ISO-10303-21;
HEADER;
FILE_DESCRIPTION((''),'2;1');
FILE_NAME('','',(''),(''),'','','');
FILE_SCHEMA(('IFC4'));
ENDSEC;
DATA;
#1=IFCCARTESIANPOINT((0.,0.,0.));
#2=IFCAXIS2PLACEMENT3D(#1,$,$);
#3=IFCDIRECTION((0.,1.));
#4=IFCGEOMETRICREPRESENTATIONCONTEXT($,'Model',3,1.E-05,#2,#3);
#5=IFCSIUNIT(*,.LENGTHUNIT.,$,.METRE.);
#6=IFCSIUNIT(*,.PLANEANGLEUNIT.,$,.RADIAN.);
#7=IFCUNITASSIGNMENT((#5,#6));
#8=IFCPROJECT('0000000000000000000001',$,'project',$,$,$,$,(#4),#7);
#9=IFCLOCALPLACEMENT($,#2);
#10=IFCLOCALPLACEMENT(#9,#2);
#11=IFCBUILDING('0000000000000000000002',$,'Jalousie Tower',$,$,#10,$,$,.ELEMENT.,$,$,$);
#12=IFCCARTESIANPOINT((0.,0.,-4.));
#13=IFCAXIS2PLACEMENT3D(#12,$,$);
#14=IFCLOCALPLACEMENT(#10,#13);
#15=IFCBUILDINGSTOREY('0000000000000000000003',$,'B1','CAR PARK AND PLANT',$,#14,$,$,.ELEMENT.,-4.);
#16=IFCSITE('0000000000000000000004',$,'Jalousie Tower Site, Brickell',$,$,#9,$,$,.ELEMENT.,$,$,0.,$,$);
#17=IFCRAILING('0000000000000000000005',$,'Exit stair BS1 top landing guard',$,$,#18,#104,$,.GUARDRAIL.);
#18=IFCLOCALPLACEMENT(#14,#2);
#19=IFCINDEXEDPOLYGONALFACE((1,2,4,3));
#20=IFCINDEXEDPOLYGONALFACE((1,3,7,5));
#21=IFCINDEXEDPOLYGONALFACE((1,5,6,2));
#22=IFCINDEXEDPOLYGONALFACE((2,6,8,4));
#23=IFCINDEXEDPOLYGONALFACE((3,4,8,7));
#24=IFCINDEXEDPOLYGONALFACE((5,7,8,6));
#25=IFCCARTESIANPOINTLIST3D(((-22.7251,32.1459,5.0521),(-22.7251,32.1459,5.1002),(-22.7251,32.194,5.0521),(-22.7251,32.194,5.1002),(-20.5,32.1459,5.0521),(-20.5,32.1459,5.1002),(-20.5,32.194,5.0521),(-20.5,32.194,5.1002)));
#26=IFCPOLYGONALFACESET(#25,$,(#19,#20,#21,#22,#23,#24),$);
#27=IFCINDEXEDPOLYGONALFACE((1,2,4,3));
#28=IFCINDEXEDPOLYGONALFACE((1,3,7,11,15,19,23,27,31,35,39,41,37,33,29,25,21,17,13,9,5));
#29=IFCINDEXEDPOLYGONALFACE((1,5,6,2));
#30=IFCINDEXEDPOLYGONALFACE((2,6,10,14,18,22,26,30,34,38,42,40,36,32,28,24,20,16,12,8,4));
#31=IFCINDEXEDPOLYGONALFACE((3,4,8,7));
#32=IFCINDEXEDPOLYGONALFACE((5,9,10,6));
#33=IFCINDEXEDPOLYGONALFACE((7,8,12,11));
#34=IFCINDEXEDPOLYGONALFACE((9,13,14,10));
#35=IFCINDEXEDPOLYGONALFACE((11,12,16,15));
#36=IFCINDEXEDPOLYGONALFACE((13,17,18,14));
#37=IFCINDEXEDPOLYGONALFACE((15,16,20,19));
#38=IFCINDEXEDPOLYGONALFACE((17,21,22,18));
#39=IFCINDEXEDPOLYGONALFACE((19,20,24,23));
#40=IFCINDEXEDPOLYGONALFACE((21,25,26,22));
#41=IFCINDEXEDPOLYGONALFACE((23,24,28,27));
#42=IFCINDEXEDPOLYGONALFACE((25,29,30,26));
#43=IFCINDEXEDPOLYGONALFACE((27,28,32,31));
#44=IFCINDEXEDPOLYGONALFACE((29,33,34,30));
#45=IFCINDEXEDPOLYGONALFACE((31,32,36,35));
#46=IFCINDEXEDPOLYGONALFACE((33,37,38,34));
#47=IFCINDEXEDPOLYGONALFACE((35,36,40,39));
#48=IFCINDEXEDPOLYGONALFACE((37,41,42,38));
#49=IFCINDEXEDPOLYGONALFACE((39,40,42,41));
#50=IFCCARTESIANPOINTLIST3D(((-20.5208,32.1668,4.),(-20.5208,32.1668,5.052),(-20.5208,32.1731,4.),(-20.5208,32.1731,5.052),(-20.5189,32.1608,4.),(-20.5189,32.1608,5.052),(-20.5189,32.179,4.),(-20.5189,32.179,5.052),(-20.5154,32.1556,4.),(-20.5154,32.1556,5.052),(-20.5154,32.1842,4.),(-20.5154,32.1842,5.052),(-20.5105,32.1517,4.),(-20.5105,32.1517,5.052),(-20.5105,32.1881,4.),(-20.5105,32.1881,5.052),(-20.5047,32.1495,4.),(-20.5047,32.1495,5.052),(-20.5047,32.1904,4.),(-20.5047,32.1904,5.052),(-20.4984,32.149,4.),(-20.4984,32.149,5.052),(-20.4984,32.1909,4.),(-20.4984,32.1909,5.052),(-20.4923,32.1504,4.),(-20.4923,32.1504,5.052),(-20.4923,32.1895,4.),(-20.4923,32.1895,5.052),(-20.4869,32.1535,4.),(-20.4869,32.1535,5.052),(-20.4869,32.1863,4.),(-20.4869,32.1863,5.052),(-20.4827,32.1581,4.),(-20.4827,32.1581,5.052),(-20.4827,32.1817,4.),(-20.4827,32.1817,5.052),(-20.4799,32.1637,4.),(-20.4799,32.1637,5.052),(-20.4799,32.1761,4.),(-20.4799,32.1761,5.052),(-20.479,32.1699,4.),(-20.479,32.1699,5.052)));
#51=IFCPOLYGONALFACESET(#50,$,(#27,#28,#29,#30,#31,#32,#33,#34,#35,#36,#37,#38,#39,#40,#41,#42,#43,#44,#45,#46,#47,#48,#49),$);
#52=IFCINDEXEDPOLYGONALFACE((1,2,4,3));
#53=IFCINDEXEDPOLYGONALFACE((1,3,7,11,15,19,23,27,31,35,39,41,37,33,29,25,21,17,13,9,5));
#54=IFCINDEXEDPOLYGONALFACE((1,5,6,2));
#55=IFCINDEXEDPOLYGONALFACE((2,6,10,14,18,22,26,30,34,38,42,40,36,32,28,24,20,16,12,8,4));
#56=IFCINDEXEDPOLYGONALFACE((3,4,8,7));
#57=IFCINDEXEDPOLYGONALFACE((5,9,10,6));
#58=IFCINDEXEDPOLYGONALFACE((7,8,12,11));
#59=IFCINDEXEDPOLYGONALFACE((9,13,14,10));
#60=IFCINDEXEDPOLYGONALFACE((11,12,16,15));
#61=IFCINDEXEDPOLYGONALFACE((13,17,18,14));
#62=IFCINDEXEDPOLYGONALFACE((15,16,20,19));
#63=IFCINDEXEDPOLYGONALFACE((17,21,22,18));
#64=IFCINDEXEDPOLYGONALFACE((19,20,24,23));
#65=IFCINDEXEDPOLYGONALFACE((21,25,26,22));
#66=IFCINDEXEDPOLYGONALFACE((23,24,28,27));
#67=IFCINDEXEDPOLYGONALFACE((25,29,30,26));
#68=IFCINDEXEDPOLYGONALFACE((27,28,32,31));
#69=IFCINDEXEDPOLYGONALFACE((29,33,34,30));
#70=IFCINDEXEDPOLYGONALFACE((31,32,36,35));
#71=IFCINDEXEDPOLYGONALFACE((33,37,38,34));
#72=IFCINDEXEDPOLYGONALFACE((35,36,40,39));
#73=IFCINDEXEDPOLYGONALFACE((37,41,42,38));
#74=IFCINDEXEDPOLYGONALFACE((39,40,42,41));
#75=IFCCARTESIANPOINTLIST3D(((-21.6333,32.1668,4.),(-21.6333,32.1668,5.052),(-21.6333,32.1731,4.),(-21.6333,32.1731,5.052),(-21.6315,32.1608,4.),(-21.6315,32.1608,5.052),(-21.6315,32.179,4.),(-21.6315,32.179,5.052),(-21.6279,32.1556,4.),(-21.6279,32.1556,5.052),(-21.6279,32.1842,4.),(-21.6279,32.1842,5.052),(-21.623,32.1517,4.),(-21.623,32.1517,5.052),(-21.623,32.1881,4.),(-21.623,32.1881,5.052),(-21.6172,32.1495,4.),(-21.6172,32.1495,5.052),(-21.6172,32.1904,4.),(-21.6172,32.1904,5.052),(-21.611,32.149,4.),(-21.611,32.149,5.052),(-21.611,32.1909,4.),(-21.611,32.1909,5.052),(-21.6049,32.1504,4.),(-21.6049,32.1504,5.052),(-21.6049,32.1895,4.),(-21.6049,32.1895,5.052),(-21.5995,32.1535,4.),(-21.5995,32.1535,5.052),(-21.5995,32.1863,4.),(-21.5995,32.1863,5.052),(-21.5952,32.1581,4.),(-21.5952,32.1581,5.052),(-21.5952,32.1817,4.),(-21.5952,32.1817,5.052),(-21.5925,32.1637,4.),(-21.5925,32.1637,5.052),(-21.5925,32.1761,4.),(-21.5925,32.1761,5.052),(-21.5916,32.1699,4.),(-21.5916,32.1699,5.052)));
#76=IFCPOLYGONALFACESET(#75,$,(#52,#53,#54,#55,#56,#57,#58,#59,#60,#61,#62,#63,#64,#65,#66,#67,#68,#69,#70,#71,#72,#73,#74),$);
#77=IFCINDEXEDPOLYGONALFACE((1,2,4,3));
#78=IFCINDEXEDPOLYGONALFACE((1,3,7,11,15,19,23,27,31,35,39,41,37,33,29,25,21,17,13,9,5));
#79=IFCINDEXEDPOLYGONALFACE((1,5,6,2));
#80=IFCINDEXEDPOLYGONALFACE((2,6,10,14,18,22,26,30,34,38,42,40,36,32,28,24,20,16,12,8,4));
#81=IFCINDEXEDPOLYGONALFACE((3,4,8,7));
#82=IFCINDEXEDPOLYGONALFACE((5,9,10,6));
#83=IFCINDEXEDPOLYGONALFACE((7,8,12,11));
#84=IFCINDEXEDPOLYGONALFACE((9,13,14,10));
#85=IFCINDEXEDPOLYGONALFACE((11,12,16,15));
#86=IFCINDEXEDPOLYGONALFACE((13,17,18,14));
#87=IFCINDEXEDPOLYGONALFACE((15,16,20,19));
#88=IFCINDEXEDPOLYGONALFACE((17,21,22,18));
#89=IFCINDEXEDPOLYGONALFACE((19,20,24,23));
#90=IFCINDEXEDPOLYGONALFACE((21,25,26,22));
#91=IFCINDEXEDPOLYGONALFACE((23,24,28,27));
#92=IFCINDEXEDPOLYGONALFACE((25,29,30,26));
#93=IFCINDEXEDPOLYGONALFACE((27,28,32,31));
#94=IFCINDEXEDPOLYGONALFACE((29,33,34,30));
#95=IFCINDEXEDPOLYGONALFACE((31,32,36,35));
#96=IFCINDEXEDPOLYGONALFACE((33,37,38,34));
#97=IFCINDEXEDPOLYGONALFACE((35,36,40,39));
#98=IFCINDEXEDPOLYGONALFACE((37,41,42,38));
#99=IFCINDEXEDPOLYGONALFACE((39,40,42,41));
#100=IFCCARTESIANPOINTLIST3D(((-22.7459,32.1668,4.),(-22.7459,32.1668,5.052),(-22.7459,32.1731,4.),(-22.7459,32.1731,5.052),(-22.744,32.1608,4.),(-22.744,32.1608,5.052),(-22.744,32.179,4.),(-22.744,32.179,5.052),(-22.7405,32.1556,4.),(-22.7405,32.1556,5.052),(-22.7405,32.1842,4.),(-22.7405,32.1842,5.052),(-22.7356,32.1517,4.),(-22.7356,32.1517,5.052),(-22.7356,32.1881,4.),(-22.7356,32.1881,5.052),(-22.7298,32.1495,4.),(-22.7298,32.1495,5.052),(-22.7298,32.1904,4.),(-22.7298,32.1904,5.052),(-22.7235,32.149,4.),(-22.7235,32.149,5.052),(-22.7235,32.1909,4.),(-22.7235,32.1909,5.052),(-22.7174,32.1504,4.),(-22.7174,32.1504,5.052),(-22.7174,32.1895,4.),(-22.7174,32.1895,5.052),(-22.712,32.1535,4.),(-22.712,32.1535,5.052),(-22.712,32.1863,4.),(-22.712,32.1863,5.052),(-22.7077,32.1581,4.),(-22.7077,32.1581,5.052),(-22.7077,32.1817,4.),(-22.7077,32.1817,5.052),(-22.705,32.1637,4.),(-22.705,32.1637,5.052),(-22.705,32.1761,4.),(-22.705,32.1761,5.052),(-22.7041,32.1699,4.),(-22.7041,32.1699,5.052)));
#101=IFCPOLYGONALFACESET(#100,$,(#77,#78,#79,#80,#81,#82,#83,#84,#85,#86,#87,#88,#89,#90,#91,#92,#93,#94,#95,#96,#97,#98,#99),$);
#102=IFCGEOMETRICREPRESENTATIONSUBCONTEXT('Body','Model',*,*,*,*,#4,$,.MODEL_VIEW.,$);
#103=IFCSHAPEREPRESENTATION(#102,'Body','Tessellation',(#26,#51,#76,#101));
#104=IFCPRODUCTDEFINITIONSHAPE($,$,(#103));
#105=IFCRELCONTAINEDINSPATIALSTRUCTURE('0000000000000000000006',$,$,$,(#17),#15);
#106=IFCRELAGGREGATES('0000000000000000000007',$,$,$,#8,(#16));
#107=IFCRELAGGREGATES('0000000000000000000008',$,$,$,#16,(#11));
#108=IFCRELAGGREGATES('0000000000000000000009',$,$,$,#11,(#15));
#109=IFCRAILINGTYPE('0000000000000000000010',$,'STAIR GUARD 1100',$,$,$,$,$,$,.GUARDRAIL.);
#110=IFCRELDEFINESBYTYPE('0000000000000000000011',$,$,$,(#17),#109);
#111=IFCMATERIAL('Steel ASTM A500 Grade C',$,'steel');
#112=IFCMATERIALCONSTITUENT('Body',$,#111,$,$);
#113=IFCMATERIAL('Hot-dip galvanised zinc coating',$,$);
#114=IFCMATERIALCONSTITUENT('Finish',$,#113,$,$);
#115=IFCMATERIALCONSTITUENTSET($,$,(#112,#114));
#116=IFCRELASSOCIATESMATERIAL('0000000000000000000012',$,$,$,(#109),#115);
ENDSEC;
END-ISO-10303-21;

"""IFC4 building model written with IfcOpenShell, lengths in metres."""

from ifc_helpers import new_model, si_unit, direction, frame, origin, origin_2d, place, context, subcontext, project, spatial, rectangle, circle, extrude, material, constituent, constituent_set, type_object, element, save


model = new_model("IFC4")

# Units and contexts
model_context = context("Model", 3, precision=1e-05, world=origin(), true_north=direction((0.0, 1.0)))
body_context = subcontext(model_context, "Body", "Model", "MODEL_VIEW")
ifc_project = project(units=[si_unit("LENGTHUNIT", "METRE"), si_unit("PLANEANGLEUNIT", "RADIAN")], contexts=[model_context])

# Site, building, storey
site_placement = place(None, origin())
site = spatial("IfcSite", under=ifc_project, at=site_placement, Name="Jalousie Tower Site, Brickell", CompositionType="ELEMENT", RefElevation=0.0)
building_placement = place(site_placement, origin())
building = spatial("IfcBuilding", under=site, at=building_placement, Name="Jalousie Tower", CompositionType="ELEMENT")
storey_placement = place(building_placement, frame((0.0, 0.0, -4.0)))
storey = spatial("IfcBuildingStorey", under=building, at=storey_placement, Name="B1", Description="CAR PARK AND PLANT", CompositionType="ELEMENT", Elevation=-4.0)

# Railing
ifc_material_1 = material(Name="Steel ASTM A500 Grade C", Category="steel")
ifc_constituent_1 = constituent(ifc_material_1, Name="Body")
ifc_material_2 = material(Name="Hot-dip galvanised zinc coating")
ifc_constituent_2 = constituent(ifc_material_2, Name="Finish")
ifc_constituent_set_1 = constituent_set(constituents=[ifc_constituent_1, ifc_constituent_2])
railing_type_1 = type_object("IfcRailingType", Name="STAIR GUARD 1100", PredefinedType="GUARDRAIL", material=ifc_constituent_set_1)
railing_1_placement = place(storey_placement, frame((-20.5, 32.1699, 4.0)))
element("IfcRailing", 1, at=railing_1_placement, inside=storey, type_object=railing_type_1, Name="Exit stair BS1 top landing guard", PredefinedType="GUARDRAIL", context=body_context, shape_type="SweptSolid", body=[
    extrude(rectangle(XDim=0.0481, YDim=0.0481, at=origin_2d()), frame((0.0, 0.0, 1.0762), z_axis=(-1.0, 0.0, 0.0), x_axis=(0.0, -1.0, 0.0)), (0.0, 0.0, 1.0), 2.2251),
    extrude(circle(Radius=0.021, at=origin_2d()), origin(), (0.0, 0.0, 1.0), 1.052),
    extrude(circle(Radius=0.021, at=origin_2d()), frame((-1.1125, 0.0, 0.0)), (0.0, 0.0, 1.0), 1.052),
    extrude(circle(Radius=0.021, at=origin_2d()), frame((-2.2251, 0.0, 0.0)), (0.0, 0.0, 1.0), 1.052),
])

save(model, "model.ifc")
